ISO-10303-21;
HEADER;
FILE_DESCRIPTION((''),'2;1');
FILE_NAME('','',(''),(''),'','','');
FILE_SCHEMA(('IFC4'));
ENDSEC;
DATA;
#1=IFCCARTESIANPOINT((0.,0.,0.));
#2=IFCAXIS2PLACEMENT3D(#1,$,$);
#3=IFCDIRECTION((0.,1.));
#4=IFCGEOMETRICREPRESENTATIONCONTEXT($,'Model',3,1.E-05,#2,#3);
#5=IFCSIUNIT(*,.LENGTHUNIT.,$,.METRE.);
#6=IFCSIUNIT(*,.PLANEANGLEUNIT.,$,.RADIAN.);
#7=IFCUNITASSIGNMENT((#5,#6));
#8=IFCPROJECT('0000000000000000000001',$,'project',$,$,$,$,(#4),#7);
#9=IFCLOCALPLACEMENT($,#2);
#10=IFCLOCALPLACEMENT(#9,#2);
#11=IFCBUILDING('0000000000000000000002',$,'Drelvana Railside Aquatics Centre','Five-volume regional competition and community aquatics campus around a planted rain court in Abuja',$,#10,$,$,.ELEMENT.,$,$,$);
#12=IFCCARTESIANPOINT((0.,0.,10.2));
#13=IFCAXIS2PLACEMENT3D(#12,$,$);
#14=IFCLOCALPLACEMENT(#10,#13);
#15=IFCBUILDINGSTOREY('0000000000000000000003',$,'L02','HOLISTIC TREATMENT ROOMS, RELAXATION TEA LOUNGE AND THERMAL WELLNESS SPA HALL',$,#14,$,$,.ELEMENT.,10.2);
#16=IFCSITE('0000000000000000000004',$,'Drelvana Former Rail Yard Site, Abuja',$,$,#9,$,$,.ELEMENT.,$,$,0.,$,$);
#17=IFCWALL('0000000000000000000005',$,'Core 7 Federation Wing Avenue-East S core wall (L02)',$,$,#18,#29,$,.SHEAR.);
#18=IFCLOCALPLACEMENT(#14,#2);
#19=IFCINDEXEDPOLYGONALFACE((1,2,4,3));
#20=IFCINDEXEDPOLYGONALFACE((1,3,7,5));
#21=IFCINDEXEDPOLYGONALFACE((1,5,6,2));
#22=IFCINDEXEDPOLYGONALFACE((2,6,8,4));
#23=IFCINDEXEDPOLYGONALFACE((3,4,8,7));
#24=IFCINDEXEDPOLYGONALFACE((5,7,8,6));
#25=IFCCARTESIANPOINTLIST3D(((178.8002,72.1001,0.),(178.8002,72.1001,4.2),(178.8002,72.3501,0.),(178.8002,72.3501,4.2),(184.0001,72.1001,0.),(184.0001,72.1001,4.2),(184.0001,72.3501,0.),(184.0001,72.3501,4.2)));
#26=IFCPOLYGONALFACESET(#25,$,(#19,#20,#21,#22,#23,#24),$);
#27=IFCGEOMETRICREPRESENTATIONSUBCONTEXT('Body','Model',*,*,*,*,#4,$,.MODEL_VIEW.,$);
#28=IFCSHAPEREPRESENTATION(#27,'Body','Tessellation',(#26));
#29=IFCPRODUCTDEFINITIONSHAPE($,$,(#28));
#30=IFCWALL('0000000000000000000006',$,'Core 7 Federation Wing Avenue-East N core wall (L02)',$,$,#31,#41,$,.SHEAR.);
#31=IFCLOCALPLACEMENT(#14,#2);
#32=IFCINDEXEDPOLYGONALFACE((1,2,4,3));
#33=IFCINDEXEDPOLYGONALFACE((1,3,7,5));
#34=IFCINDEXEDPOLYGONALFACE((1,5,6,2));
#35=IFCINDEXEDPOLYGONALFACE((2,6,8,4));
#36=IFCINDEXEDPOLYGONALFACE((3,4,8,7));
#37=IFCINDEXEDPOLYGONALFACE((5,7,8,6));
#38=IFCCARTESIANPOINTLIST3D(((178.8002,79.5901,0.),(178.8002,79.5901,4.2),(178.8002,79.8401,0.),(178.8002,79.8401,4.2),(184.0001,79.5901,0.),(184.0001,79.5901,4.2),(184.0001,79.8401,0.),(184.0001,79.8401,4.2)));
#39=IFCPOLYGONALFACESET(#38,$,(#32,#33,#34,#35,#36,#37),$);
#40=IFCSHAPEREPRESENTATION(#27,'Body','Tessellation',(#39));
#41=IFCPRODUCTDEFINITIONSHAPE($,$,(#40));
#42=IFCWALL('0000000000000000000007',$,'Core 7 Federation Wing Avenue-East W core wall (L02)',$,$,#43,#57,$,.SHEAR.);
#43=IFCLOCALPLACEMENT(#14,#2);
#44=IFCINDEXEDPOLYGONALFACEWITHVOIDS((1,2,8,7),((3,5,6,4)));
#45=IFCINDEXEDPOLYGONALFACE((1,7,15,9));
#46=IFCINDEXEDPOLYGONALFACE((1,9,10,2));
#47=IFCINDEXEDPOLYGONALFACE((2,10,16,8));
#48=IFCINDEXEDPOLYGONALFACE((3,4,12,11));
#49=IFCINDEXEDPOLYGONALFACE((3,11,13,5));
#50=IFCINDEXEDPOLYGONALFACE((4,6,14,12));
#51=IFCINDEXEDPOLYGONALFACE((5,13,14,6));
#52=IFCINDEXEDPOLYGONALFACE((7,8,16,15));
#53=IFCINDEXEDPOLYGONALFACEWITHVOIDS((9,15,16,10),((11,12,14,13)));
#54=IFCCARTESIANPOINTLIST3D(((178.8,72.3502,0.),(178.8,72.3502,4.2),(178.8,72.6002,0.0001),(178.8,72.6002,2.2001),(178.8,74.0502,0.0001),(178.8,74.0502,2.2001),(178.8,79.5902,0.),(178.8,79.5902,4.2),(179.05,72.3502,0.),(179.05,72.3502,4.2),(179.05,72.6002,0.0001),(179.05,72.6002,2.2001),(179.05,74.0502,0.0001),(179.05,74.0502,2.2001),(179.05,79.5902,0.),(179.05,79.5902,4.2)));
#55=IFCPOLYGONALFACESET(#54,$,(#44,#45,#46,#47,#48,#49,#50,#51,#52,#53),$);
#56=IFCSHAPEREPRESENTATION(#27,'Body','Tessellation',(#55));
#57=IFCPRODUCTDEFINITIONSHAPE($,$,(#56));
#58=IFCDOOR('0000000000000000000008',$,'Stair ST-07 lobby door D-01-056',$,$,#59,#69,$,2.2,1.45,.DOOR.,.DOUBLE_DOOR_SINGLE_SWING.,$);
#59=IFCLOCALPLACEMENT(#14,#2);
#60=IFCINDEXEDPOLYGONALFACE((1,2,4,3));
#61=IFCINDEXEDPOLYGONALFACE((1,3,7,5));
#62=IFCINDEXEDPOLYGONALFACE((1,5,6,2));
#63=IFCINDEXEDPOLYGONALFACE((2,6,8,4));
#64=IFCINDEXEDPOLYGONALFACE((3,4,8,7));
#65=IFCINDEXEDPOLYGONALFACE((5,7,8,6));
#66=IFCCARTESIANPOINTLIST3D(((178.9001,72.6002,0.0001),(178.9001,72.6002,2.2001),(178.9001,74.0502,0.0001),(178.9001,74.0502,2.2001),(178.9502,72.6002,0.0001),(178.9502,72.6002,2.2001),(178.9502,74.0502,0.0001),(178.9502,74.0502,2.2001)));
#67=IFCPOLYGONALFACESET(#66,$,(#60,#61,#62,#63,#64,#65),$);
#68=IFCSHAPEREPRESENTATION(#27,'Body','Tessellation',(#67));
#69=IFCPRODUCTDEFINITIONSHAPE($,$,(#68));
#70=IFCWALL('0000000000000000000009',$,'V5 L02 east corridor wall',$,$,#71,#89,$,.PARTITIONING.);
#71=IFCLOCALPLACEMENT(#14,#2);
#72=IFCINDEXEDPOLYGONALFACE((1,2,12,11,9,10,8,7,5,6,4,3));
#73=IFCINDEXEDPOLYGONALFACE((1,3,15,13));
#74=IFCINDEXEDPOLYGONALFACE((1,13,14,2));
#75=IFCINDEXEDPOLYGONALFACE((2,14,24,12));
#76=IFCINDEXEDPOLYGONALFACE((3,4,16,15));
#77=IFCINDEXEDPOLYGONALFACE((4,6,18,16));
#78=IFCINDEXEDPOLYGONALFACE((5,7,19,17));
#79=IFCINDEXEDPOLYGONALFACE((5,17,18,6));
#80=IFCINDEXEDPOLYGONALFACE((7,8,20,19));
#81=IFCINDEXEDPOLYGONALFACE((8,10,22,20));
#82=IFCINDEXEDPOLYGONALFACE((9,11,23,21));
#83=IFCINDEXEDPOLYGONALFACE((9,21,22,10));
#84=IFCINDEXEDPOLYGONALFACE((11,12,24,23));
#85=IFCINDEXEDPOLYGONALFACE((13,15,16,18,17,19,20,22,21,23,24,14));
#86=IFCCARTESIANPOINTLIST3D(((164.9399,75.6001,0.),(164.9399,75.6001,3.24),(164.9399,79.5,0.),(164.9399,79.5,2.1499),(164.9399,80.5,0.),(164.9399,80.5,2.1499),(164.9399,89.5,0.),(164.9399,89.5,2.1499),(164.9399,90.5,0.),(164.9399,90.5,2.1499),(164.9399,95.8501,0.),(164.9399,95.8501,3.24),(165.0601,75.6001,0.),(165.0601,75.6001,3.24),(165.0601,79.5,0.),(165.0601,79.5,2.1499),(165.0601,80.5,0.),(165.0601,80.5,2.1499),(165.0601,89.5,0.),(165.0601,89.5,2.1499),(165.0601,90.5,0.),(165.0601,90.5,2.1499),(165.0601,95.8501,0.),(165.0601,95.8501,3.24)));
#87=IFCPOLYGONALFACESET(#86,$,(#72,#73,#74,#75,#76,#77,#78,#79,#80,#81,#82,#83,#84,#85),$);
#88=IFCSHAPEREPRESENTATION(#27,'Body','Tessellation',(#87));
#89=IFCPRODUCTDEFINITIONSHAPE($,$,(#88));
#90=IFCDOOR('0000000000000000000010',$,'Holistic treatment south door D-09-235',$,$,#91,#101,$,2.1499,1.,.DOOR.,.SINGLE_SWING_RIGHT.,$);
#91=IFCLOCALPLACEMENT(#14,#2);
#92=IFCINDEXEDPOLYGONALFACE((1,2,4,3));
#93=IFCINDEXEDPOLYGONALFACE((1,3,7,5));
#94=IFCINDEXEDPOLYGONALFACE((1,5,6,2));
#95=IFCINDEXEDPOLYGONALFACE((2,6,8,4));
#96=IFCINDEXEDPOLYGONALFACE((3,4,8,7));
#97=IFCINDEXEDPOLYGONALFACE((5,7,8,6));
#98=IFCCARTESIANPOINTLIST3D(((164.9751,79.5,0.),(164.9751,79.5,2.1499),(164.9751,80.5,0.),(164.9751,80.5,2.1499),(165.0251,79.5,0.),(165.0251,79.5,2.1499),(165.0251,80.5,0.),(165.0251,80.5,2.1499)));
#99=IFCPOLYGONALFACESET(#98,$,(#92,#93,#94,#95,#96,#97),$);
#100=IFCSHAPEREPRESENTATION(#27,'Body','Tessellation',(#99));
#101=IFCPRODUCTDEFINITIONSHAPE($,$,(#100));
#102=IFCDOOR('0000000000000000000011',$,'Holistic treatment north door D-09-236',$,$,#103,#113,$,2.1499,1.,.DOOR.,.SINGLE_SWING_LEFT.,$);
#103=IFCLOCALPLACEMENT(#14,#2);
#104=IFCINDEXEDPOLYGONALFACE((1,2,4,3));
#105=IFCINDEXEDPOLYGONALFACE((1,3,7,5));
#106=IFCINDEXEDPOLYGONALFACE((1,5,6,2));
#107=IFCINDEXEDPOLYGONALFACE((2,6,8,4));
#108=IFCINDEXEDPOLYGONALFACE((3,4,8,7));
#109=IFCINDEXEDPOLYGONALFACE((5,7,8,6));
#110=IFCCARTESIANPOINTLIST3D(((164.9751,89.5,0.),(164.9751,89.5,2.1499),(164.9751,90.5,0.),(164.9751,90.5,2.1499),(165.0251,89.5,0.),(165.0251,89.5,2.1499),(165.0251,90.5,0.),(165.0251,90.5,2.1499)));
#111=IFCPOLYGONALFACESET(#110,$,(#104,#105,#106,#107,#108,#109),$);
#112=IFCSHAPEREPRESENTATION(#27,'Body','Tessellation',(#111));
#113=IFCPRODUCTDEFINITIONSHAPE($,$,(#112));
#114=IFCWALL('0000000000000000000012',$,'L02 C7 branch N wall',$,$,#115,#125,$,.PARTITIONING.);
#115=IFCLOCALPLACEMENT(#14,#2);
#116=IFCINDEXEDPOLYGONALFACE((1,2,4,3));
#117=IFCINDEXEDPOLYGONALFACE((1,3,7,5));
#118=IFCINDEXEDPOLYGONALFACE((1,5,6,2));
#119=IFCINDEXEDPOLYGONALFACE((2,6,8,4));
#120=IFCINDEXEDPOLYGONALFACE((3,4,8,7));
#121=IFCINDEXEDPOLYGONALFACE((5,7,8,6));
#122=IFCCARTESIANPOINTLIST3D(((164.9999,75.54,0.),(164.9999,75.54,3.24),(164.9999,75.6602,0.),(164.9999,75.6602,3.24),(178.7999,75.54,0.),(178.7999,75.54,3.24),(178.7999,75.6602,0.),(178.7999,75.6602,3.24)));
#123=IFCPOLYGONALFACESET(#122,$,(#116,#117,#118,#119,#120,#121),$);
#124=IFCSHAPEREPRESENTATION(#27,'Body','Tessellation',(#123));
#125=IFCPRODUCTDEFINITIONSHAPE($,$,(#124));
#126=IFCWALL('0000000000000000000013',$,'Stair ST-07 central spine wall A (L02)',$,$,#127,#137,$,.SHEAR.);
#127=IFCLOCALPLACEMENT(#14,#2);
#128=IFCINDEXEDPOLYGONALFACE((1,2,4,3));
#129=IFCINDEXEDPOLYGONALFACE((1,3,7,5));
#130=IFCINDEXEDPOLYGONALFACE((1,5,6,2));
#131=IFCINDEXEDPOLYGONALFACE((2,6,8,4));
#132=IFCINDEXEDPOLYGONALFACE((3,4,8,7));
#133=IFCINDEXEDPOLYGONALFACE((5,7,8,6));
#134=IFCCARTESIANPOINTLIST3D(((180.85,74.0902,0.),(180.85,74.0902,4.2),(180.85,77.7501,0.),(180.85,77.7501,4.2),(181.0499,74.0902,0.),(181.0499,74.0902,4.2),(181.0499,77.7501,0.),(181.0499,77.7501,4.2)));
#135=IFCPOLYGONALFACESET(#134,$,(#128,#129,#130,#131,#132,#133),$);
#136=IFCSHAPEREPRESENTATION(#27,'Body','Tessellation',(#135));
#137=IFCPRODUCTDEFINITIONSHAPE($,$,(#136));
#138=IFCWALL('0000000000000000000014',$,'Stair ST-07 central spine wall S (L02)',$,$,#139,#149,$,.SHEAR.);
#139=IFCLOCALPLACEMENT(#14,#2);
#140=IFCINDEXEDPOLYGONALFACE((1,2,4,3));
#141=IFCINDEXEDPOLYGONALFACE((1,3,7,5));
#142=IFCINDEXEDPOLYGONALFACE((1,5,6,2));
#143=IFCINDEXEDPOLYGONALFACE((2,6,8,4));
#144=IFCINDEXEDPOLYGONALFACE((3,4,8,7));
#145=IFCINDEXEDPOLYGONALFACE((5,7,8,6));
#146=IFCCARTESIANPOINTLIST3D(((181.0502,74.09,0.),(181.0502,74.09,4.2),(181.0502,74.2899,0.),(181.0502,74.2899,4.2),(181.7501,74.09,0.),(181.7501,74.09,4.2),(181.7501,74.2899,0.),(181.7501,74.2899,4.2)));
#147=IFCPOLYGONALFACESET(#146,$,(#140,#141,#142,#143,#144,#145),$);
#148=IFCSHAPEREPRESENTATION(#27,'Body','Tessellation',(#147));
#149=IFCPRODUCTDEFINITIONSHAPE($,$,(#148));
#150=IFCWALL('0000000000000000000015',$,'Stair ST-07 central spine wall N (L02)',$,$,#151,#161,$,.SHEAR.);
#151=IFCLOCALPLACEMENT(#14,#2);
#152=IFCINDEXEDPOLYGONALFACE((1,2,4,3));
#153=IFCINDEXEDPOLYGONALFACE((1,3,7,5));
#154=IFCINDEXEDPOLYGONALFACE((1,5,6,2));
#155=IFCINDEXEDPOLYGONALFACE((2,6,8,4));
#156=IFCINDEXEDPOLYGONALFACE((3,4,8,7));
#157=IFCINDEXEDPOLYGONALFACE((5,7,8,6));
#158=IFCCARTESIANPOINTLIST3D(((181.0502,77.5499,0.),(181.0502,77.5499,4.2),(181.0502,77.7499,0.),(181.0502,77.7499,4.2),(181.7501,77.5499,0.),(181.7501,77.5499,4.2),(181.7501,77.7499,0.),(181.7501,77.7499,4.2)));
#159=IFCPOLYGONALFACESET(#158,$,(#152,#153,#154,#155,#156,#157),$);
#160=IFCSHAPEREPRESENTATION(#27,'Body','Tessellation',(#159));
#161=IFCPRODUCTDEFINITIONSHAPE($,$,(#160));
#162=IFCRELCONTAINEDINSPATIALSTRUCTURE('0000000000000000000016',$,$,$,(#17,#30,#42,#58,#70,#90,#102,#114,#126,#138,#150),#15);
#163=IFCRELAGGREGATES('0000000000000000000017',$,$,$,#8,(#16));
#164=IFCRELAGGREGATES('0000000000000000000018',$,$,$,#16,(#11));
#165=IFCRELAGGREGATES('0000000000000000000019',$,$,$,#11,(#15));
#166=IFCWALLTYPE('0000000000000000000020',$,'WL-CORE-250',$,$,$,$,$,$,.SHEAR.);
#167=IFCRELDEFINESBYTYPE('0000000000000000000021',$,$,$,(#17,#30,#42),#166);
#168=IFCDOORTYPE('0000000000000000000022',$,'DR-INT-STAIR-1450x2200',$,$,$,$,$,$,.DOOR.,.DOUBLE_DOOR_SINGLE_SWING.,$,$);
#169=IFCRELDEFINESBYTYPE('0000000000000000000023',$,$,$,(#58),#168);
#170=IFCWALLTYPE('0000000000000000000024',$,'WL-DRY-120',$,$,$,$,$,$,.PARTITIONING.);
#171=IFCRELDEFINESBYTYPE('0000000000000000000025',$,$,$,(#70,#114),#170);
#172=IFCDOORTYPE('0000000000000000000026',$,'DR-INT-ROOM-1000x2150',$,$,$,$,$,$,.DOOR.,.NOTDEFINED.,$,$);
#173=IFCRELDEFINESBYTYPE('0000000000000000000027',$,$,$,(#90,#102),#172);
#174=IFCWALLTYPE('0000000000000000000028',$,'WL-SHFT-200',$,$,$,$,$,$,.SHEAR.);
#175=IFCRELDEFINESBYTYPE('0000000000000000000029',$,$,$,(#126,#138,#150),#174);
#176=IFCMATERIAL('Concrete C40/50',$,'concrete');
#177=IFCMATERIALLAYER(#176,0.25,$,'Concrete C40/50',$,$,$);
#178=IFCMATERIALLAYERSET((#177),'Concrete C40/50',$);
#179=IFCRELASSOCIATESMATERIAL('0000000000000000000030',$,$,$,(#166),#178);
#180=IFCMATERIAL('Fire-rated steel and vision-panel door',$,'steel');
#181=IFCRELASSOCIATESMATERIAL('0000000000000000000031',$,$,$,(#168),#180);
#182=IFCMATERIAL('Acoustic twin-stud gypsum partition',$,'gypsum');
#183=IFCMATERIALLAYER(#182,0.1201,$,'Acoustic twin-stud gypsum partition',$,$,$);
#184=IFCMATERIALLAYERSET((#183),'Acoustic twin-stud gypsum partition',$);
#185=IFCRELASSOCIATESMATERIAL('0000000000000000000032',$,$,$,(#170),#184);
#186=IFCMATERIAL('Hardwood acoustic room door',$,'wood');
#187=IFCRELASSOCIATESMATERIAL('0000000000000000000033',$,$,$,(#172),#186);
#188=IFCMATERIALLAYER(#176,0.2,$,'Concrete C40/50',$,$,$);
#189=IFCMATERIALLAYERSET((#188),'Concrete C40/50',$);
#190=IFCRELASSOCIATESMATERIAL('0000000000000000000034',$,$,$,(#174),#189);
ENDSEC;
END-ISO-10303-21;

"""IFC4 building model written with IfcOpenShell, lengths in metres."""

from ifc_helpers import new_model, si_unit, direction, frame, frame_2d, origin, place, context, subcontext, project, spatial, rectangle, extrude, material, layer, layer_set, type_object, element, fill, save


model = new_model("IFC4")

# Units and contexts
model_context = context("Model", 3, precision=1e-05, world=origin(), true_north=direction((0.0, 1.0)))
body_context = subcontext(model_context, "Body", "Model", "MODEL_VIEW")
ifc_project = project(units=[si_unit("LENGTHUNIT", "METRE"), si_unit("PLANEANGLEUNIT", "RADIAN")], contexts=[model_context])

# Site, building, storey
site_placement = place(None, origin())
site = spatial("IfcSite", under=ifc_project, at=site_placement, Name="Drelvana Former Rail Yard Site, Abuja", CompositionType="ELEMENT", RefElevation=0.0)
building_placement = place(site_placement, origin())
building = spatial("IfcBuilding", under=site, at=building_placement, Name="Drelvana Railside Aquatics Centre", Description="Five-volume regional competition and community aquatics campus around a planted rain court in Abuja", CompositionType="ELEMENT")
storey_placement = place(building_placement, frame((0.0, 0.0, 10.2)))
storey = spatial("IfcBuildingStorey", under=building, at=storey_placement, Name="L02", Description="HOLISTIC TREATMENT ROOMS, RELAXATION TEA LOUNGE AND THERMAL WELLNESS SPA HALL", CompositionType="ELEMENT", Elevation=10.2)

# Shared definitions
ifc_material_1 = material(Name="Concrete C40/50", Category="concrete")

# Walls
ifc_layer_1 = layer(ifc_material_1, 0.25, Name="Concrete C40/50")
ifc_layer_set_1 = layer_set([ifc_layer_1], Name="Concrete C40/50")
wall_type_1 = type_object("IfcWallType", Name="WL-CORE-250", PredefinedType="SHEAR", material=ifc_layer_set_1)
for number, where, z_axis, x_axis, name in (
    (1, (178.8, 72.2251, 0.0), (0.0, 0.0, 1.0), (1.0, 0.0, 0.0), "Core 7 Federation Wing Avenue-East S core wall (L02)"),
    (2, (178.8, 79.7151, 0.0), (0.0, 0.0, 1.0), (1.0, 0.0, 0.0), "Core 7 Federation Wing Avenue-East N core wall (L02)"),
):
    element("IfcWall", number, at=place(storey_placement, frame(where, z_axis=z_axis, x_axis=x_axis)), inside=storey, type_object=wall_type_1, Name=name, PredefinedType="SHEAR", context=body_context, shape_type="SweptSolid", body=[
        extrude(rectangle(XDim=5.2, YDim=0.25, at=frame_2d((2.6001, 0.0))), origin(), (0.0, 0.0, 1.0), 4.2),
    ])

# Wall, opening, door
wall_1_placement = place(storey_placement, frame((178.925, 72.3501, 0.0), z_axis=(0.0, 0.0, 1.0), x_axis=(0.0, 1.0, 0.0)))
wall_1 = element("IfcWall", 3, at=wall_1_placement, inside=storey, type_object=wall_type_1, Name="Core 7 Federation Wing Avenue-East W core wall (L02)", PredefinedType="SHEAR", context=body_context, shape_type="SweptSolid", body=[
    extrude(rectangle(XDim=7.24, YDim=0.25, at=frame_2d((3.6201, 0.0))), origin(), (0.0, 0.0, 1.0), 4.2),
])
opening_1_placement = place(wall_1_placement, frame((0.25, 0.0, 0.0)))
opening_1 = element("IfcOpeningElement", 4, at=opening_1_placement, cuts=wall_1, PredefinedType="OPENING", context=body_context, shape_type="SweptSolid", body=[
    extrude(rectangle(XDim=1.45, YDim=2.2, at=frame_2d((0.7251, 1.1001))), frame((0.0, 0.135, 0.0), z_axis=(0.0, -1.0, 0.0), x_axis=(1.0, 0.0, 0.0)), (0.0, 0.0, 1.0), 0.27),
])
ifc_material_2 = material(Name="Fire-rated steel and vision-panel door", Category="steel")
door_type_1 = type_object("IfcDoorType", Name="DR-INT-STAIR-1450x2200", OperationType="DOUBLE_DOOR_SINGLE_SWING", PredefinedType="DOOR", material=ifc_material_2)
door_1_placement = place(opening_1_placement, origin())
door_1 = element("IfcDoor", 5, at=door_1_placement, inside=storey, type_object=door_type_1, Name="Stair ST-07 lobby door D-01-056", OperationType="DOUBLE_DOOR_SINGLE_SWING", OverallHeight=2.2, OverallWidth=1.45, PredefinedType="DOOR", context=body_context, shape_type="SweptSolid", body=[
    extrude(rectangle(XDim=1.45, YDim=2.2, at=frame_2d((0.7251, 1.1001))), frame((0.0, 0.0249, 0.0), z_axis=(0.0, -1.0, 0.0), x_axis=(1.0, 0.0, 0.0)), (0.0, 0.0, 1.0), 0.05),
])
fill(opening_1, door_1)

# Wall, openings, doors
ifc_material_3 = material(Name="Acoustic twin-stud gypsum partition", Category="gypsum")
ifc_layer_2 = layer(ifc_material_3, 0.1201, Name="Acoustic twin-stud gypsum partition")
ifc_layer_set_2 = layer_set([ifc_layer_2], Name="Acoustic twin-stud gypsum partition")
wall_type_2 = type_object("IfcWallType", Name="WL-DRY-120", PredefinedType="PARTITIONING", material=ifc_layer_set_2)
wall_2_placement = place(storey_placement, frame((165.0, 75.6001, 0.0), z_axis=(0.0, 0.0, 1.0), x_axis=(0.0, 1.0, 0.0)))
wall_2 = element("IfcWall", 6, at=wall_2_placement, inside=storey, type_object=wall_type_2, Name="V5 L02 east corridor wall", PredefinedType="PARTITIONING", context=body_context, shape_type="SweptSolid", body=[
    extrude(rectangle(XDim=20.25, YDim=0.1201, at=frame_2d((10.125, 0.0))), origin(), (0.0, 0.0, 1.0), 3.24),
])
opening_2_placement = place(wall_2_placement, frame((3.8999, 0.0, 0.0)))
opening_2 = element("IfcOpeningElement", 7, at=opening_2_placement, cuts=wall_2, PredefinedType="OPENING", context=body_context, shape_type="SweptSolid", body=[
    extrude(rectangle(XDim=1.0, YDim=2.1499, at=frame_2d((0.5, 1.075))), frame((0.0, 0.0701, 0.0), z_axis=(0.0, -1.0, 0.0), x_axis=(1.0, 0.0, 0.0)), (0.0, 0.0, 1.0), 0.1401),
])
opening_3_placement = place(wall_2_placement, frame((13.8999, 0.0, 0.0)))
opening_3 = element("IfcOpeningElement", 8, at=opening_3_placement, cuts=wall_2, PredefinedType="OPENING", context=body_context, shape_type="SweptSolid", body=[
    extrude(rectangle(XDim=1.0, YDim=2.1499, at=frame_2d((0.5, 1.075))), frame((0.0, 0.0701, 0.0), z_axis=(0.0, -1.0, 0.0), x_axis=(1.0, 0.0, 0.0)), (0.0, 0.0, 1.0), 0.1401),
])
ifc_material_4 = material(Name="Hardwood acoustic room door", Category="wood")
door_type_2 = type_object("IfcDoorType", Name="DR-INT-ROOM-1000x2150", OperationType="NOTDEFINED", PredefinedType="DOOR", material=ifc_material_4)
door_2_placement = place(opening_2_placement, origin())
door_2 = element("IfcDoor", 9, at=door_2_placement, inside=storey, type_object=door_type_2, Name="Holistic treatment south door D-09-235", OperationType="SINGLE_SWING_RIGHT", OverallHeight=2.1499, OverallWidth=1.0, PredefinedType="DOOR", context=body_context, shape_type="SweptSolid", body=[
    extrude(rectangle(XDim=1.0, YDim=2.1499, at=frame_2d((0.5, 1.075))), frame((0.0, 0.0249, 0.0), z_axis=(0.0, -1.0, 0.0), x_axis=(1.0, 0.0, 0.0)), (0.0, 0.0, 1.0), 0.05),
])
fill(opening_2, door_2)
door_3_placement = place(opening_3_placement, origin())
door_3 = element("IfcDoor", 10, at=door_3_placement, inside=storey, type_object=door_type_2, Name="Holistic treatment north door D-09-236", OperationType="SINGLE_SWING_LEFT", OverallHeight=2.1499, OverallWidth=1.0, PredefinedType="DOOR", context=body_context, shape_type="SweptSolid", body=[
    extrude(rectangle(XDim=1.0, YDim=2.1499, at=frame_2d((0.5, 1.075))), frame((0.0, 0.0249, 0.0), z_axis=(0.0, -1.0, 0.0), x_axis=(1.0, 0.0, 0.0)), (0.0, 0.0, 1.0), 0.05),
])
fill(opening_3, door_3)

# Walls
wall_3_placement = place(storey_placement, frame((165.0, 75.6001, 0.0), z_axis=(0.0, 0.0, 1.0), x_axis=(1.0, 0.0, 0.0)))
element("IfcWall", 11, at=wall_3_placement, inside=storey, type_object=wall_type_2, Name="L02 C7 branch N wall", PredefinedType="PARTITIONING", context=body_context, shape_type="SweptSolid", body=[
    extrude(rectangle(XDim=13.8, YDim=0.1201, at=frame_2d((6.8999, 0.0))), origin(), (0.0, 0.0, 1.0), 3.24),
])
ifc_layer_3 = layer(ifc_material_1, 0.2, Name="Concrete C40/50")
ifc_layer_set_3 = layer_set([ifc_layer_3], Name="Concrete C40/50")
wall_type_3 = type_object("IfcWallType", Name="WL-SHFT-200", PredefinedType="SHEAR", material=ifc_layer_set_3)
wall_4_placement = place(storey_placement, frame((180.95, 74.0901, 0.0), z_axis=(0.0, 0.0, 1.0), x_axis=(0.0, 1.0, 0.0)))
element("IfcWall", 12, at=wall_4_placement, inside=storey, type_object=wall_type_3, Name="Stair ST-07 central spine wall A (L02)", PredefinedType="SHEAR", context=body_context, shape_type="SweptSolid", body=[
    extrude(rectangle(XDim=3.6599, YDim=0.2, at=frame_2d((1.8301, 0.0))), origin(), (0.0, 0.0, 1.0), 4.2),
])
for number, where, z_axis, x_axis, name in (
    (13, (181.05, 74.1899, 0.0), (0.0, 0.0, 1.0), (1.0, 0.0, 0.0), "Stair ST-07 central spine wall S (L02)"),
    (14, (181.05, 77.6499, 0.0), (0.0, 0.0, 1.0), (1.0, 0.0, 0.0), "Stair ST-07 central spine wall N (L02)"),
):
    element("IfcWall", number, at=place(storey_placement, frame(where, z_axis=z_axis, x_axis=x_axis)), inside=storey, type_object=wall_type_3, Name=name, PredefinedType="SHEAR", context=body_context, shape_type="SweptSolid", body=[
        extrude(rectangle(XDim=0.7, YDim=0.2, at=frame_2d((0.3501, 0.0))), origin(), (0.0, 0.0, 1.0), 4.2),
    ])

save(model, "model.ifc")
